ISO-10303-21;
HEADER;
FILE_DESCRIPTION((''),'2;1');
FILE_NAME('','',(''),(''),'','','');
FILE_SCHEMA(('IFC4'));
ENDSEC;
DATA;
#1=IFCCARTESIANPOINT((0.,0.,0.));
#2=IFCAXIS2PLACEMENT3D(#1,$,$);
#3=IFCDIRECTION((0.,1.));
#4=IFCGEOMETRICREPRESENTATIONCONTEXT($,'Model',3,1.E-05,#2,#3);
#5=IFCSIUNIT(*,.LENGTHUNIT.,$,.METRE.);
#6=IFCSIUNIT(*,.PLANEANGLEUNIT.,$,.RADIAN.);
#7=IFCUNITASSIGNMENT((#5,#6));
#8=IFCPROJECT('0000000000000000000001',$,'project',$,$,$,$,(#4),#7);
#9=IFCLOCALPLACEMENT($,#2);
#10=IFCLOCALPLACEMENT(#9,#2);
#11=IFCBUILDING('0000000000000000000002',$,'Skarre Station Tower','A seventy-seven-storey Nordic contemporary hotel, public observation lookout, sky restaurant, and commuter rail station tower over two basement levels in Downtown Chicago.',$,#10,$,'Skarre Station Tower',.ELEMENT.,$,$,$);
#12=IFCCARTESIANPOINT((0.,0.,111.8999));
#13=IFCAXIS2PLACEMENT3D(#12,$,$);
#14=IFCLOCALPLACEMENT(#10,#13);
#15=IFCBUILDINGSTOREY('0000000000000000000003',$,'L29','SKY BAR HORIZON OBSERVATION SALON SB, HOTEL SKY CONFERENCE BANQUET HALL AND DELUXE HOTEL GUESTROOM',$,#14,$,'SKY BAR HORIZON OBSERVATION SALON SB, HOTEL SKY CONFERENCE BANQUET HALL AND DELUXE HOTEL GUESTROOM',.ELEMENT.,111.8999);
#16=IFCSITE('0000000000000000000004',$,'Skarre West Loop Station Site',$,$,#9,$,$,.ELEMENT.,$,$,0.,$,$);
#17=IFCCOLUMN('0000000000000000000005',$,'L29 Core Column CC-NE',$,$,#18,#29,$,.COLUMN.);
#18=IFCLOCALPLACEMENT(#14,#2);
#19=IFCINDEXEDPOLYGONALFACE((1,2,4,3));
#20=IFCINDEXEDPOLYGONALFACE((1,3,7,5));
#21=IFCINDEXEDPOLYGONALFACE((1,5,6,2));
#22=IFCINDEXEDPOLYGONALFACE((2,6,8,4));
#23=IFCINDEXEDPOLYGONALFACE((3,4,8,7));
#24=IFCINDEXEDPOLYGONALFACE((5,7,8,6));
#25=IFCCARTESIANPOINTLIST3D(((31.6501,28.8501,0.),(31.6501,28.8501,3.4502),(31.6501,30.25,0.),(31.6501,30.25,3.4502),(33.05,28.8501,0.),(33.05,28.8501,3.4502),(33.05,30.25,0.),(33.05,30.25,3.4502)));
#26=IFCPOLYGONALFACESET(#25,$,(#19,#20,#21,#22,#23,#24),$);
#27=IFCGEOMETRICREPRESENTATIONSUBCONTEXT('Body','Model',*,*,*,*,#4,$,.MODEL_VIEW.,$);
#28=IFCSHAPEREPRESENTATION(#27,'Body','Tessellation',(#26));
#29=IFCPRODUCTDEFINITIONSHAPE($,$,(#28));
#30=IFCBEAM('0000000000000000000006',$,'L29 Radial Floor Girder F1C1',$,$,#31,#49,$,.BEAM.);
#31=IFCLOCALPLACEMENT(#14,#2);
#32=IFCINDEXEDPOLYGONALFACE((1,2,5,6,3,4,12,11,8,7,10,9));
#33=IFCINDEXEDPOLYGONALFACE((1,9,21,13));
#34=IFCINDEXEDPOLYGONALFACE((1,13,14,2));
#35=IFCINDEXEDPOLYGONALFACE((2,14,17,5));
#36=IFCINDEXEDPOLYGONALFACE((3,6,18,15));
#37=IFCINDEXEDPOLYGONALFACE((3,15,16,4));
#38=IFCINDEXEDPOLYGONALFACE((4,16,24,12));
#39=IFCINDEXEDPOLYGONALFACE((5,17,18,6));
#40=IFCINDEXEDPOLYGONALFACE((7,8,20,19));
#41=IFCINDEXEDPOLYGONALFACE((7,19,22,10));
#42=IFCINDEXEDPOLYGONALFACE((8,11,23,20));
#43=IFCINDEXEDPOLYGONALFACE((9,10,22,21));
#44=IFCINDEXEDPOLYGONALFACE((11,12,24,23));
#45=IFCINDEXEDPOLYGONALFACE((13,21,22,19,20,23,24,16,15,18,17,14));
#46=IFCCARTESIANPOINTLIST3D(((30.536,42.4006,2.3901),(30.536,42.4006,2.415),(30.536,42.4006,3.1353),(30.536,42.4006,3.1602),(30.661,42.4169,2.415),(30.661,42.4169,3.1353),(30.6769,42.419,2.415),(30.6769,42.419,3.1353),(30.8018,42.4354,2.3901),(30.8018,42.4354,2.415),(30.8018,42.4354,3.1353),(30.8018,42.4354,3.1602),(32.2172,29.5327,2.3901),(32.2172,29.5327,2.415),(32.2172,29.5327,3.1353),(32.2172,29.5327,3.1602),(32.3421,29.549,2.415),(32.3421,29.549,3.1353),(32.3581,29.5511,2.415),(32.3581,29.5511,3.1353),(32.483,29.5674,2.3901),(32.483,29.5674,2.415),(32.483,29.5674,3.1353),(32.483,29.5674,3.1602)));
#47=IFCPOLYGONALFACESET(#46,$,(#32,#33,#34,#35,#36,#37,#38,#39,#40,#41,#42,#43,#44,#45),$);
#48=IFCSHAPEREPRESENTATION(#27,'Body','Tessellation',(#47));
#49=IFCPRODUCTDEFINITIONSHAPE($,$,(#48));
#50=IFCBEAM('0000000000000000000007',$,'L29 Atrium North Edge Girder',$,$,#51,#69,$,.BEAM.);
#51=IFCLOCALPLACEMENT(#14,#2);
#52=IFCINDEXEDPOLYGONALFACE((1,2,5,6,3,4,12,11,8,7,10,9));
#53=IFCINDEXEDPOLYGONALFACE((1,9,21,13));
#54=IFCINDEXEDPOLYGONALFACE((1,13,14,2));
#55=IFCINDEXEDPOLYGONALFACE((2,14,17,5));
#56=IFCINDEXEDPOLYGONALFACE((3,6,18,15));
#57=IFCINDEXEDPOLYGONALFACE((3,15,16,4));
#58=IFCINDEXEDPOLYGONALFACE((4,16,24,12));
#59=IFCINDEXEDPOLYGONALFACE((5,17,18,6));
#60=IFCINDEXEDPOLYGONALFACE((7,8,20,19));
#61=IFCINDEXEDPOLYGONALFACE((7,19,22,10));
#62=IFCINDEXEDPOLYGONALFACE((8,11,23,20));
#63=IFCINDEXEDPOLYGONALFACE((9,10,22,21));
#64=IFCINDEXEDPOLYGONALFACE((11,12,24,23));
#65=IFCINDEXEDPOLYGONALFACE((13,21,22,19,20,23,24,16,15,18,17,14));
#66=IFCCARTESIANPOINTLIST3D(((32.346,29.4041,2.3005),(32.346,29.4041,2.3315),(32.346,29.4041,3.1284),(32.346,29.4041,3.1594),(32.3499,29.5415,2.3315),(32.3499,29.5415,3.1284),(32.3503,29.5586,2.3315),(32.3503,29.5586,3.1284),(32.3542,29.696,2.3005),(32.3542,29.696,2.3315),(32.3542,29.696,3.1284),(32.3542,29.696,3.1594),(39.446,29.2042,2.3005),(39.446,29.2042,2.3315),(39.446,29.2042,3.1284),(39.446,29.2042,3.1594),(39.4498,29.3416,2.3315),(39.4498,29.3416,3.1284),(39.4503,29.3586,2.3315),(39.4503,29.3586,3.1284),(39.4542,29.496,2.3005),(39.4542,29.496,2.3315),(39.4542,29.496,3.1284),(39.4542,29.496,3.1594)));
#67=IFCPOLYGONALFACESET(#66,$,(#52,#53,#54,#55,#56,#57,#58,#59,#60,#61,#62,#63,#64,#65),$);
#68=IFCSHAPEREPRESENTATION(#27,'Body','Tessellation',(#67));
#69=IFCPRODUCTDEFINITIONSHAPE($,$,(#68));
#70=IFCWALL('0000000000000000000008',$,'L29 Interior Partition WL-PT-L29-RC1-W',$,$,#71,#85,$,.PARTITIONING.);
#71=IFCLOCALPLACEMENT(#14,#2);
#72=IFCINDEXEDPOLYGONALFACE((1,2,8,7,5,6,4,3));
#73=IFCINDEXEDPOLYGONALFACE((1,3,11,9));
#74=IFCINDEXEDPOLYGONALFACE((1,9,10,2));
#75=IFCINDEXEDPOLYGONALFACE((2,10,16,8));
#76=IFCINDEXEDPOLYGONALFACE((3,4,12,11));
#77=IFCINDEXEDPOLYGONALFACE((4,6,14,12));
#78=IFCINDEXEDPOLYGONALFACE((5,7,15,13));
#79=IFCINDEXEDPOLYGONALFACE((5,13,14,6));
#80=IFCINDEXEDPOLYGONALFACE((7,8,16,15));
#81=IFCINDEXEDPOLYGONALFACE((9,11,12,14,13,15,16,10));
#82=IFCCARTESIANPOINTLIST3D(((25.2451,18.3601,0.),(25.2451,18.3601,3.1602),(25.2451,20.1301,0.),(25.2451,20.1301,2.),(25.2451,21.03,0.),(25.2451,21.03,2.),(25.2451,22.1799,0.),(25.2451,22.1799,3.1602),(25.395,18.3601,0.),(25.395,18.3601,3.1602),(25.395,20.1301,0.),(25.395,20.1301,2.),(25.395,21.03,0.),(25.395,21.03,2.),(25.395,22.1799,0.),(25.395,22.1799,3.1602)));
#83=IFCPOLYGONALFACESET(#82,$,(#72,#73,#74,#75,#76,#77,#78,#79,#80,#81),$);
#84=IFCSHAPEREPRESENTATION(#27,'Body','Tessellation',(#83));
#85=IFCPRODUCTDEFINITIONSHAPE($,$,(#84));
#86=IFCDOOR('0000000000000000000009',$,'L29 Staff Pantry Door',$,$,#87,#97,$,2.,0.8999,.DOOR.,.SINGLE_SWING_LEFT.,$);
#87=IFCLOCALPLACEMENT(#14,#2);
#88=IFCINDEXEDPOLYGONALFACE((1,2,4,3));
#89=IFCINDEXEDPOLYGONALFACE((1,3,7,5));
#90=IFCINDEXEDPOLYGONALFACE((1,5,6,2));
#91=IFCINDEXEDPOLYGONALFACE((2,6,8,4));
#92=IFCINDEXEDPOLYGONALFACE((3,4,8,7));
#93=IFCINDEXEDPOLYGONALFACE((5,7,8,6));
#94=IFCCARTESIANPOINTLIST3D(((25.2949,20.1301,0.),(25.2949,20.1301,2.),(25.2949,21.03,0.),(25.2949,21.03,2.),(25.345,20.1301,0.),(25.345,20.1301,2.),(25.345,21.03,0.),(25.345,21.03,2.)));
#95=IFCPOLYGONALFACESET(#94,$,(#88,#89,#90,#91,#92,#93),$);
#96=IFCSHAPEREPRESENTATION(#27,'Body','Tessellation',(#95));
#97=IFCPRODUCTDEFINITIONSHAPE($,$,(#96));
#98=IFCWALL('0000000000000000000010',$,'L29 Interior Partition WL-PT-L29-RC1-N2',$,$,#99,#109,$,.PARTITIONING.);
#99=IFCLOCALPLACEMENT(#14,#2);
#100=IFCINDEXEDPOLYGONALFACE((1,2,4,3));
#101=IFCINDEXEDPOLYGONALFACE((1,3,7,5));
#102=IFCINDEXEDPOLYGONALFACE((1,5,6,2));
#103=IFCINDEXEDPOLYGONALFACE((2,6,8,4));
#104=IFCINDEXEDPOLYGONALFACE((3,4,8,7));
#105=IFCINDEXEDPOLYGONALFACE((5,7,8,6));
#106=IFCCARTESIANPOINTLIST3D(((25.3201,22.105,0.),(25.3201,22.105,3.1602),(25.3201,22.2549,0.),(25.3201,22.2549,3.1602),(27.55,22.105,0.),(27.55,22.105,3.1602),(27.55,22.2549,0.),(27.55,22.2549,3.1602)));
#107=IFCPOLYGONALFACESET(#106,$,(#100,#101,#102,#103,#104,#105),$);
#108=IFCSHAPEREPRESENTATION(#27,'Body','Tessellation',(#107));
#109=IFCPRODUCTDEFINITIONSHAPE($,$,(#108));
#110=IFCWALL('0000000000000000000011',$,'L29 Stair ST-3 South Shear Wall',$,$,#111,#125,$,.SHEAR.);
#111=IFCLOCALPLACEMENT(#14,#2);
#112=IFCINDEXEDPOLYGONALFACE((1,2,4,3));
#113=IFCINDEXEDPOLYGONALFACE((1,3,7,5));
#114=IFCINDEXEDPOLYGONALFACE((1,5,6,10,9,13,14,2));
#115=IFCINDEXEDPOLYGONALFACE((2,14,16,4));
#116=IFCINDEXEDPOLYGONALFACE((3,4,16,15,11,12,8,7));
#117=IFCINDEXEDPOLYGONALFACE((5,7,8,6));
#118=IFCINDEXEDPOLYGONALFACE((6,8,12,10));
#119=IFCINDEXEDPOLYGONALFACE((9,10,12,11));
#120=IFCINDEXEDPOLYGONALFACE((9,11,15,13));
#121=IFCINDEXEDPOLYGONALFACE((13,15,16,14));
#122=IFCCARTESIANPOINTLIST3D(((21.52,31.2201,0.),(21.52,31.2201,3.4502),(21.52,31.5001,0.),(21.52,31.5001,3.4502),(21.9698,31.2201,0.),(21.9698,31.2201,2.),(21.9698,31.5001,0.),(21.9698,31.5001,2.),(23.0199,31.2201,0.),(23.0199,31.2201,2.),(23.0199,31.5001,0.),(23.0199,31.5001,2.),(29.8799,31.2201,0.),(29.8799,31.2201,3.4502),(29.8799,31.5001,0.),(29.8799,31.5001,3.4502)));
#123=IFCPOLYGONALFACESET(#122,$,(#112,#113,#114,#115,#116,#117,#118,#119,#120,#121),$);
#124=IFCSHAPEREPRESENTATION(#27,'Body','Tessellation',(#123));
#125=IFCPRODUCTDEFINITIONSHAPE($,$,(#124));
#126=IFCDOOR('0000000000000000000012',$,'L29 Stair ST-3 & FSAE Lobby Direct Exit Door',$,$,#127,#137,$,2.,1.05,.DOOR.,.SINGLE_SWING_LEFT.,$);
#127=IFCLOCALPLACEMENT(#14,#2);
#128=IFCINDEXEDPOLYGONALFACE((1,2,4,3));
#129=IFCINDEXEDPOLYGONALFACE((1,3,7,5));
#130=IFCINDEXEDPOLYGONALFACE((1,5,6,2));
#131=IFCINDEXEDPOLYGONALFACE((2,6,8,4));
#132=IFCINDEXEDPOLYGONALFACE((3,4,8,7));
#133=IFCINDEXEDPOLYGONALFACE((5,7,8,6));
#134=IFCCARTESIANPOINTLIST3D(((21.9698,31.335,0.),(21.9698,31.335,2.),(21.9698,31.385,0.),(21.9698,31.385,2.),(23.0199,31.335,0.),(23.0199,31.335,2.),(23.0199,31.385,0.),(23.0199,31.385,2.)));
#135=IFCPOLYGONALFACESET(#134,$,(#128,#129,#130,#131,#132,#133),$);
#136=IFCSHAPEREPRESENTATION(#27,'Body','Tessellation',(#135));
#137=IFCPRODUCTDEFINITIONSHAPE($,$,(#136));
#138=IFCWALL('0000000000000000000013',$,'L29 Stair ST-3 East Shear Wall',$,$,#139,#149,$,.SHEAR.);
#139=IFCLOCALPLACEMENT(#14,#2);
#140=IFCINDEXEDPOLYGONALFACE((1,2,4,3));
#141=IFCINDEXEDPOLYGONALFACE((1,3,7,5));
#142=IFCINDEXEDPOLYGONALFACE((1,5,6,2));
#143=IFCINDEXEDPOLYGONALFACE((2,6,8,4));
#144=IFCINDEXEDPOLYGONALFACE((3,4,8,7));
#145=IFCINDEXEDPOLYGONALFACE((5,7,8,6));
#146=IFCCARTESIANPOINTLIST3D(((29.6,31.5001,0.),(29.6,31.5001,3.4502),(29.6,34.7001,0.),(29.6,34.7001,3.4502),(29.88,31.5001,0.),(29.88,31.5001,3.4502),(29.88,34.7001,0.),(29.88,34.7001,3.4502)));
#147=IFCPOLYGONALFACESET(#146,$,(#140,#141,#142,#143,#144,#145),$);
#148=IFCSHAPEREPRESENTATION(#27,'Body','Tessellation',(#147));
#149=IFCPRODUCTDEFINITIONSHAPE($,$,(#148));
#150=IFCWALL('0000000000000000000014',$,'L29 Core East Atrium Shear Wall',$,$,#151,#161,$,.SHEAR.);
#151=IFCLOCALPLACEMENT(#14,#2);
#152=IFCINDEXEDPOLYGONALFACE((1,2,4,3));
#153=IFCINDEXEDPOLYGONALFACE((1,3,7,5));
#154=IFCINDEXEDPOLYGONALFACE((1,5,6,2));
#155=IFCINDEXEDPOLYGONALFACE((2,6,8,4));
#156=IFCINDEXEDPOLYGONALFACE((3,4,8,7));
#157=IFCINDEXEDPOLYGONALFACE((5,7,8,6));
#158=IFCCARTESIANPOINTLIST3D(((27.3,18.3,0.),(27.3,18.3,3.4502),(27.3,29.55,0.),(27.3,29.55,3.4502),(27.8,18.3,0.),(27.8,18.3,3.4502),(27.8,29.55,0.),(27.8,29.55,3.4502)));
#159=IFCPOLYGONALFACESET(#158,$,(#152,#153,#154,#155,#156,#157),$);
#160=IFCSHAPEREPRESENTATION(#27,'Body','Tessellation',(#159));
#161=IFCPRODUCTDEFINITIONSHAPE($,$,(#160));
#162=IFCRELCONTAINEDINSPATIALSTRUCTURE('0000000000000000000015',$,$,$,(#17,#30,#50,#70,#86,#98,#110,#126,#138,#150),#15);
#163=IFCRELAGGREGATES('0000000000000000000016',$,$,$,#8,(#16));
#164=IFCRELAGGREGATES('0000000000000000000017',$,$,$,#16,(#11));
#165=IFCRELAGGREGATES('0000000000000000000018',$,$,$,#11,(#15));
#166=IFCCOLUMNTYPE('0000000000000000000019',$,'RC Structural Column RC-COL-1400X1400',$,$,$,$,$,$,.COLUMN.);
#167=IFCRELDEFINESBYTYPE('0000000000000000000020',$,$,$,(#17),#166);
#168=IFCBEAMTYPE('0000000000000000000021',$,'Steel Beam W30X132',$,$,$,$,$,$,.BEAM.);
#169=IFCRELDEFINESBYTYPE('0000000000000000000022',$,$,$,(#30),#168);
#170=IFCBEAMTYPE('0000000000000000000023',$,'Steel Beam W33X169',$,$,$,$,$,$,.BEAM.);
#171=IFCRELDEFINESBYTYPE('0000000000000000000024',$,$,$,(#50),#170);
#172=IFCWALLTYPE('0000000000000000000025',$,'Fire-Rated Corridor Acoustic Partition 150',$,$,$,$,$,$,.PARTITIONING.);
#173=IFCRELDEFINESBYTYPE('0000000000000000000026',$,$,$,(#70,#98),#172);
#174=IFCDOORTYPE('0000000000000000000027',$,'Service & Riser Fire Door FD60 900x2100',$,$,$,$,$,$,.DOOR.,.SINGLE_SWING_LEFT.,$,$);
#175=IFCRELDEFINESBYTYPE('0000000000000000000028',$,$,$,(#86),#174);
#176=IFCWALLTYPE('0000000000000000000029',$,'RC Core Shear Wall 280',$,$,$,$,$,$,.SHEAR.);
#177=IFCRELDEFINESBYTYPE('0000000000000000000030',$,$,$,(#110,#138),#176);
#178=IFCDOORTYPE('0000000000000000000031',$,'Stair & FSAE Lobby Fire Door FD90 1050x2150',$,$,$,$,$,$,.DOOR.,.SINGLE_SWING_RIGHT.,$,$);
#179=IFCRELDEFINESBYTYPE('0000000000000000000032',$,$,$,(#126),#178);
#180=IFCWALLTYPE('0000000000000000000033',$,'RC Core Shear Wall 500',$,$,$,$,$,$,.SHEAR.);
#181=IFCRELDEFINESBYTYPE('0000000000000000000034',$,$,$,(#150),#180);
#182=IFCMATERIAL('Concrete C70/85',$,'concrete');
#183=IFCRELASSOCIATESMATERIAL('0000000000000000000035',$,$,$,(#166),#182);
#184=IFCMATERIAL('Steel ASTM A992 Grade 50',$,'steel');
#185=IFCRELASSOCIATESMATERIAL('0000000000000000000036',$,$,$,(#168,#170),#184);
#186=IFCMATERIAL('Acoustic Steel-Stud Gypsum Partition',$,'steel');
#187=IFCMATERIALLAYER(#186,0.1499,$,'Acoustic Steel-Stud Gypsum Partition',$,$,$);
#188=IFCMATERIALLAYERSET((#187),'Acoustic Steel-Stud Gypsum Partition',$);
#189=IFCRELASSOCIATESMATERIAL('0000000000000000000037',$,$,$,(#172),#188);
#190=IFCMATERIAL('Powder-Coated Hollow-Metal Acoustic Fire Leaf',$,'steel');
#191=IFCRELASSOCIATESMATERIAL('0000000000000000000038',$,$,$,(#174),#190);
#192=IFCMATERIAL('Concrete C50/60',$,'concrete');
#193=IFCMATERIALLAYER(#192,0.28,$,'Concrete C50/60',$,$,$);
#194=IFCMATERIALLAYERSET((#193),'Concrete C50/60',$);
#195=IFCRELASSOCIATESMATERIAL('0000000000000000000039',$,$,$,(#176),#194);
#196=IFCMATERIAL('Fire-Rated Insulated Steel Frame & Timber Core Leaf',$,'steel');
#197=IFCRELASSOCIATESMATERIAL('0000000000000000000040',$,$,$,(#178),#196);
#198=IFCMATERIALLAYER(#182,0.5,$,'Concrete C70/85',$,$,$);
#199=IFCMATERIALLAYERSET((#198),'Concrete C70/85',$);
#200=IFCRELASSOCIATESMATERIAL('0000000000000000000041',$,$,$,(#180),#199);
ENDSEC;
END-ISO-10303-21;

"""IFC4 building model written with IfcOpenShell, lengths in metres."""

from ifc_helpers import new_model, si_unit, direction, frame, frame_2d, origin, origin_2d, place, context, subcontext, project, spatial, rectangle, i_section, extrude, material, layer, layer_set, material_profile, profile_set, type_object, element, fill, save


model = new_model("IFC4")

# Units and contexts
model_context = context("Model", 3, precision=1e-05, world=origin(), true_north=direction((0.0, 1.0)))
body_context = subcontext(model_context, "Body", "Model", "MODEL_VIEW")
ifc_project = project(units=[si_unit("LENGTHUNIT", "METRE"), si_unit("PLANEANGLEUNIT", "RADIAN")], contexts=[model_context])

# Site, building, storey
site_placement = place(None, origin())
site = spatial("IfcSite", under=ifc_project, at=site_placement, Name="Skarre West Loop Station Site", CompositionType="ELEMENT", RefElevation=0.0)
building_placement = place(site_placement, origin())
building = spatial("IfcBuilding", under=site, at=building_placement, Name="Skarre Station Tower", Description="A seventy-seven-storey Nordic contemporary hotel, public observation lookout, sky restaurant, and commuter rail station tower over two basement levels in Downtown Chicago.", LongName="Skarre Station Tower", CompositionType="ELEMENT")
storey_placement = place(building_placement, frame((0.0, 0.0, 111.8999)))
storey = spatial("IfcBuildingStorey", under=building, at=storey_placement, Name="L29", Description="SKY BAR HORIZON OBSERVATION SALON SB, HOTEL SKY CONFERENCE BANQUET HALL AND DELUXE HOTEL GUESTROOM", LongName="SKY BAR HORIZON OBSERVATION SALON SB, HOTEL SKY CONFERENCE BANQUET HALL AND DELUXE HOTEL GUESTROOM", CompositionType="ELEMENT", Elevation=111.8999)

# Column
ifc_material_1 = material(Name="Concrete C70/85", Category="concrete")
ifc_material_profile_1 = material_profile(ifc_material_1, rectangle(XDim=1.3999, YDim=1.3999, at=origin_2d()), Name="Concrete C70/85")
ifc_profile_set_1 = profile_set([ifc_material_profile_1], Name="Concrete C70/85")
column_type = type_object("IfcColumnType", Name="RC Structural Column RC-COL-1400X1400", PredefinedType="COLUMN", material=ifc_profile_set_1)
column_placement = place(storey_placement, frame((32.3501, 29.55, 0.0), z_axis=(0.0, 0.0, 1.0), x_axis=(1.0, 0.0, 0.0)))
element("IfcColumn", 1, at=column_placement, inside=storey, type_object=column_type, Name="L29 Core Column CC-NE", PredefinedType="COLUMN", context=body_context, shape_type="SweptSolid", body=[
    extrude(rectangle(XDim=1.3999, YDim=1.3999, at=origin_2d()), origin(), (0.0, 0.0, 1.0), 3.4502),
])

# Beams
ifc_material_2 = material(Name="Steel ASTM A992 Grade 50", Category="steel")
ifc_material_profile_2 = material_profile(ifc_material_2, i_section(OverallWidth=0.2681, OverallDepth=0.77, WebThickness=0.0161, FlangeThickness=0.0249, at=origin_2d()), Name="Steel ASTM A992 Grade 50")
ifc_profile_set_2 = profile_set([ifc_material_profile_2], Name="Steel ASTM A992 Grade 50")
beam_type_1 = type_object("IfcBeamType", Name="Steel Beam W30X132", PredefinedType="BEAM", material=ifc_profile_set_2)
beam_1_placement = place(storey_placement, frame((32.3501, 29.55, 2.7751), z_axis=(-0.129546, 0.991573, 0.0), x_axis=(-0.991573, -0.129546, 0.0)))
element("IfcBeam", 2, at=beam_1_placement, inside=storey, type_object=beam_type_1, Name="L29 Radial Floor Girder F1C1", PredefinedType="BEAM", context=body_context, shape_type="SweptSolid", body=[
    extrude(i_section(OverallWidth=0.2681, OverallDepth=0.77, WebThickness=0.0161, FlangeThickness=0.0249, at=origin_2d()), origin(), (0.0, 0.0, 1.0), 12.9773),
])
ifc_material_profile_3 = material_profile(ifc_material_2, i_section(OverallWidth=0.292, OverallDepth=0.8589, WebThickness=0.0171, FlangeThickness=0.031, at=origin_2d()), Name="Steel ASTM A992 Grade 50")
ifc_profile_set_3 = profile_set([ifc_material_profile_3], Name="Steel ASTM A992 Grade 50")
beam_type_2 = type_object("IfcBeamType", Name="Steel Beam W33X169", PredefinedType="BEAM", material=ifc_profile_set_3)
beam_2_placement = place(storey_placement, frame((32.3501, 29.55, 2.73), z_axis=(0.999604, -0.028152, 0.0), x_axis=(0.028152, 0.999604, 0.0)))
element("IfcBeam", 3, at=beam_2_placement, inside=storey, type_object=beam_type_2, Name="L29 Atrium North Edge Girder", PredefinedType="BEAM", context=body_context, shape_type="SweptSolid", body=[
    extrude(i_section(OverallWidth=0.292, OverallDepth=0.8589, WebThickness=0.0171, FlangeThickness=0.031, at=origin_2d()), origin(), (0.0, 0.0, 1.0), 7.1028),
])

# Wall, opening, door
ifc_material_3 = material(Name="Acoustic Steel-Stud Gypsum Partition", Category="steel")
ifc_layer_1 = layer(ifc_material_3, 0.1499, Name="Acoustic Steel-Stud Gypsum Partition")
ifc_layer_set_1 = layer_set([ifc_layer_1], Name="Acoustic Steel-Stud Gypsum Partition")
wall_type_1 = type_object("IfcWallType", Name="Fire-Rated Corridor Acoustic Partition 150", PredefinedType="PARTITIONING", material=ifc_layer_set_1)
wall_1_placement = place(storey_placement, frame((25.3201, 22.1799, 0.0), z_axis=(0.0, 0.0, 1.0), x_axis=(0.0, -1.0, 0.0)))
wall_1 = element("IfcWall", 4, at=wall_1_placement, inside=storey, type_object=wall_type_1, Name="L29 Interior Partition WL-PT-L29-RC1-W", PredefinedType="PARTITIONING", context=body_context, shape_type="SweptSolid", body=[
    extrude(rectangle(XDim=3.8198, YDim=0.1499, at=frame_2d((1.9099, 0.0))), origin(), (0.0, 0.0, 1.0), 3.1602),
])
opening_1_placement = place(wall_1_placement, frame((1.1499, 0.0, 0.0)))
opening_1 = element("IfcOpeningElement", 5, at=opening_1_placement, cuts=wall_1, PredefinedType="OPENING", context=body_context, shape_type="SweptSolid", body=[
    extrude(rectangle(XDim=0.8999, YDim=2.0, at=frame_2d((0.45, 1.0))), frame((0.0, 0.085, 0.0), z_axis=(0.0, -1.0, 0.0), x_axis=(1.0, 0.0, 0.0)), (0.0, 0.0, 1.0), 0.1699),
])
ifc_material_4 = material(Name="Powder-Coated Hollow-Metal Acoustic Fire Leaf", Category="steel")
door_type_1 = type_object("IfcDoorType", Name="Service & Riser Fire Door FD60 900x2100", OperationType="SINGLE_SWING_LEFT", PredefinedType="DOOR", material=ifc_material_4)
door_1_placement = place(opening_1_placement, origin())
door_1 = element("IfcDoor", 6, at=door_1_placement, inside=storey, type_object=door_type_1, Name="L29 Staff Pantry Door", OperationType="SINGLE_SWING_LEFT", OverallHeight=2.0, OverallWidth=0.8999, PredefinedType="DOOR", context=body_context, shape_type="SweptSolid", body=[
    extrude(rectangle(XDim=0.8999, YDim=2.0, at=frame_2d((0.45, 1.0))), frame((0.0, 0.0249, 0.0), z_axis=(0.0, -1.0, 0.0), x_axis=(1.0, 0.0, 0.0)), (0.0, 0.0, 1.0), 0.05),
])
fill(opening_1, door_1)

# Wall
wall_2_placement = place(storey_placement, frame((25.3201, 22.1799, 0.0), z_axis=(0.0, 0.0, 1.0), x_axis=(1.0, 0.0, 0.0)))
element("IfcWall", 7, at=wall_2_placement, inside=storey, type_object=wall_type_1, Name="L29 Interior Partition WL-PT-L29-RC1-N2", PredefinedType="PARTITIONING", context=body_context, shape_type="SweptSolid", body=[
    extrude(rectangle(XDim=2.23, YDim=0.1499, at=frame_2d((1.115, 0.0))), origin(), (0.0, 0.0, 1.0), 3.1602),
])

# Wall, opening, door
ifc_material_5 = material(Name="Concrete C50/60", Category="concrete")
ifc_layer_2 = layer(ifc_material_5, 0.28, Name="Concrete C50/60")
ifc_layer_set_2 = layer_set([ifc_layer_2], Name="Concrete C50/60")
wall_type_2 = type_object("IfcWallType", Name="RC Core Shear Wall 280", PredefinedType="SHEAR", material=ifc_layer_set_2)
wall_3_placement = place(storey_placement, frame((21.52, 31.3601, 0.0), z_axis=(0.0, 0.0, 1.0), x_axis=(1.0, 0.0, 0.0)))
wall_3 = element("IfcWall", 8, at=wall_3_placement, inside=storey, type_object=wall_type_2, Name="L29 Stair ST-3 South Shear Wall", PredefinedType="SHEAR", context=body_context, shape_type="SweptSolid", body=[
    extrude(rectangle(XDim=8.3599, YDim=0.28, at=frame_2d((4.1799, 0.0))), origin(), (0.0, 0.0, 1.0), 3.4502),
])
opening_2_placement = place(wall_3_placement, frame((0.45, 0.0, 0.0)))
opening_2 = element("IfcOpeningElement", 9, at=opening_2_placement, cuts=wall_3, PredefinedType="OPENING", context=body_context, shape_type="SweptSolid", body=[
    extrude(rectangle(XDim=1.05, YDim=2.0, at=frame_2d((0.5249, 1.0))), frame((0.0, 0.1499, 0.0), z_axis=(0.0, -1.0, 0.0), x_axis=(1.0, 0.0, 0.0)), (0.0, 0.0, 1.0), 0.3),
])
ifc_material_6 = material(Name="Fire-Rated Insulated Steel Frame & Timber Core Leaf", Category="steel")
door_type_2 = type_object("IfcDoorType", Name="Stair & FSAE Lobby Fire Door FD90 1050x2150", OperationType="SINGLE_SWING_RIGHT", PredefinedType="DOOR", material=ifc_material_6)
door_2_placement = place(opening_2_placement, origin())
door_2 = element("IfcDoor", 10, at=door_2_placement, inside=storey, type_object=door_type_2, Name="L29 Stair ST-3 & FSAE Lobby Direct Exit Door", OperationType="SINGLE_SWING_LEFT", OverallHeight=2.0, OverallWidth=1.05, PredefinedType="DOOR", context=body_context, shape_type="SweptSolid", body=[
    extrude(rectangle(XDim=1.05, YDim=2.0, at=frame_2d((0.5249, 1.0))), frame((0.0, 0.0249, 0.0), z_axis=(0.0, -1.0, 0.0), x_axis=(1.0, 0.0, 0.0)), (0.0, 0.0, 1.0), 0.05),
])
fill(opening_2, door_2)

# Walls
wall_4_placement = place(storey_placement, frame((29.74, 31.5, 0.0), z_axis=(0.0, 0.0, 1.0), x_axis=(0.0, 1.0, 0.0)))
element("IfcWall", 11, at=wall_4_placement, inside=storey, type_object=wall_type_2, Name="L29 Stair ST-3 East Shear Wall", PredefinedType="SHEAR", context=body_context, shape_type="SweptSolid", body=[
    extrude(rectangle(XDim=3.2, YDim=0.28, at=frame_2d((1.6001, 0.0))), origin(), (0.0, 0.0, 1.0), 3.4502),
])
ifc_layer_3 = layer(ifc_material_1, 0.5, Name="Concrete C70/85")
ifc_layer_set_3 = layer_set([ifc_layer_3], Name="Concrete C70/85")
wall_type_3 = type_object("IfcWallType", Name="RC Core Shear Wall 500", PredefinedType="SHEAR", material=ifc_layer_set_3)
wall_5_placement = place(storey_placement, frame((27.55, 29.55, 0.0), z_axis=(0.0, 0.0, 1.0), x_axis=(0.0, -1.0, 0.0)))
element("IfcWall", 12, at=wall_5_placement, inside=storey, type_object=wall_type_3, Name="L29 Core East Atrium Shear Wall", PredefinedType="SHEAR", context=body_context, shape_type="SweptSolid", body=[
    extrude(rectangle(XDim=11.25, YDim=0.5, at=frame_2d((5.625, 0.0))), origin(), (0.0, 0.0, 1.0), 3.4502),
])

save(model, "model.ifc")
